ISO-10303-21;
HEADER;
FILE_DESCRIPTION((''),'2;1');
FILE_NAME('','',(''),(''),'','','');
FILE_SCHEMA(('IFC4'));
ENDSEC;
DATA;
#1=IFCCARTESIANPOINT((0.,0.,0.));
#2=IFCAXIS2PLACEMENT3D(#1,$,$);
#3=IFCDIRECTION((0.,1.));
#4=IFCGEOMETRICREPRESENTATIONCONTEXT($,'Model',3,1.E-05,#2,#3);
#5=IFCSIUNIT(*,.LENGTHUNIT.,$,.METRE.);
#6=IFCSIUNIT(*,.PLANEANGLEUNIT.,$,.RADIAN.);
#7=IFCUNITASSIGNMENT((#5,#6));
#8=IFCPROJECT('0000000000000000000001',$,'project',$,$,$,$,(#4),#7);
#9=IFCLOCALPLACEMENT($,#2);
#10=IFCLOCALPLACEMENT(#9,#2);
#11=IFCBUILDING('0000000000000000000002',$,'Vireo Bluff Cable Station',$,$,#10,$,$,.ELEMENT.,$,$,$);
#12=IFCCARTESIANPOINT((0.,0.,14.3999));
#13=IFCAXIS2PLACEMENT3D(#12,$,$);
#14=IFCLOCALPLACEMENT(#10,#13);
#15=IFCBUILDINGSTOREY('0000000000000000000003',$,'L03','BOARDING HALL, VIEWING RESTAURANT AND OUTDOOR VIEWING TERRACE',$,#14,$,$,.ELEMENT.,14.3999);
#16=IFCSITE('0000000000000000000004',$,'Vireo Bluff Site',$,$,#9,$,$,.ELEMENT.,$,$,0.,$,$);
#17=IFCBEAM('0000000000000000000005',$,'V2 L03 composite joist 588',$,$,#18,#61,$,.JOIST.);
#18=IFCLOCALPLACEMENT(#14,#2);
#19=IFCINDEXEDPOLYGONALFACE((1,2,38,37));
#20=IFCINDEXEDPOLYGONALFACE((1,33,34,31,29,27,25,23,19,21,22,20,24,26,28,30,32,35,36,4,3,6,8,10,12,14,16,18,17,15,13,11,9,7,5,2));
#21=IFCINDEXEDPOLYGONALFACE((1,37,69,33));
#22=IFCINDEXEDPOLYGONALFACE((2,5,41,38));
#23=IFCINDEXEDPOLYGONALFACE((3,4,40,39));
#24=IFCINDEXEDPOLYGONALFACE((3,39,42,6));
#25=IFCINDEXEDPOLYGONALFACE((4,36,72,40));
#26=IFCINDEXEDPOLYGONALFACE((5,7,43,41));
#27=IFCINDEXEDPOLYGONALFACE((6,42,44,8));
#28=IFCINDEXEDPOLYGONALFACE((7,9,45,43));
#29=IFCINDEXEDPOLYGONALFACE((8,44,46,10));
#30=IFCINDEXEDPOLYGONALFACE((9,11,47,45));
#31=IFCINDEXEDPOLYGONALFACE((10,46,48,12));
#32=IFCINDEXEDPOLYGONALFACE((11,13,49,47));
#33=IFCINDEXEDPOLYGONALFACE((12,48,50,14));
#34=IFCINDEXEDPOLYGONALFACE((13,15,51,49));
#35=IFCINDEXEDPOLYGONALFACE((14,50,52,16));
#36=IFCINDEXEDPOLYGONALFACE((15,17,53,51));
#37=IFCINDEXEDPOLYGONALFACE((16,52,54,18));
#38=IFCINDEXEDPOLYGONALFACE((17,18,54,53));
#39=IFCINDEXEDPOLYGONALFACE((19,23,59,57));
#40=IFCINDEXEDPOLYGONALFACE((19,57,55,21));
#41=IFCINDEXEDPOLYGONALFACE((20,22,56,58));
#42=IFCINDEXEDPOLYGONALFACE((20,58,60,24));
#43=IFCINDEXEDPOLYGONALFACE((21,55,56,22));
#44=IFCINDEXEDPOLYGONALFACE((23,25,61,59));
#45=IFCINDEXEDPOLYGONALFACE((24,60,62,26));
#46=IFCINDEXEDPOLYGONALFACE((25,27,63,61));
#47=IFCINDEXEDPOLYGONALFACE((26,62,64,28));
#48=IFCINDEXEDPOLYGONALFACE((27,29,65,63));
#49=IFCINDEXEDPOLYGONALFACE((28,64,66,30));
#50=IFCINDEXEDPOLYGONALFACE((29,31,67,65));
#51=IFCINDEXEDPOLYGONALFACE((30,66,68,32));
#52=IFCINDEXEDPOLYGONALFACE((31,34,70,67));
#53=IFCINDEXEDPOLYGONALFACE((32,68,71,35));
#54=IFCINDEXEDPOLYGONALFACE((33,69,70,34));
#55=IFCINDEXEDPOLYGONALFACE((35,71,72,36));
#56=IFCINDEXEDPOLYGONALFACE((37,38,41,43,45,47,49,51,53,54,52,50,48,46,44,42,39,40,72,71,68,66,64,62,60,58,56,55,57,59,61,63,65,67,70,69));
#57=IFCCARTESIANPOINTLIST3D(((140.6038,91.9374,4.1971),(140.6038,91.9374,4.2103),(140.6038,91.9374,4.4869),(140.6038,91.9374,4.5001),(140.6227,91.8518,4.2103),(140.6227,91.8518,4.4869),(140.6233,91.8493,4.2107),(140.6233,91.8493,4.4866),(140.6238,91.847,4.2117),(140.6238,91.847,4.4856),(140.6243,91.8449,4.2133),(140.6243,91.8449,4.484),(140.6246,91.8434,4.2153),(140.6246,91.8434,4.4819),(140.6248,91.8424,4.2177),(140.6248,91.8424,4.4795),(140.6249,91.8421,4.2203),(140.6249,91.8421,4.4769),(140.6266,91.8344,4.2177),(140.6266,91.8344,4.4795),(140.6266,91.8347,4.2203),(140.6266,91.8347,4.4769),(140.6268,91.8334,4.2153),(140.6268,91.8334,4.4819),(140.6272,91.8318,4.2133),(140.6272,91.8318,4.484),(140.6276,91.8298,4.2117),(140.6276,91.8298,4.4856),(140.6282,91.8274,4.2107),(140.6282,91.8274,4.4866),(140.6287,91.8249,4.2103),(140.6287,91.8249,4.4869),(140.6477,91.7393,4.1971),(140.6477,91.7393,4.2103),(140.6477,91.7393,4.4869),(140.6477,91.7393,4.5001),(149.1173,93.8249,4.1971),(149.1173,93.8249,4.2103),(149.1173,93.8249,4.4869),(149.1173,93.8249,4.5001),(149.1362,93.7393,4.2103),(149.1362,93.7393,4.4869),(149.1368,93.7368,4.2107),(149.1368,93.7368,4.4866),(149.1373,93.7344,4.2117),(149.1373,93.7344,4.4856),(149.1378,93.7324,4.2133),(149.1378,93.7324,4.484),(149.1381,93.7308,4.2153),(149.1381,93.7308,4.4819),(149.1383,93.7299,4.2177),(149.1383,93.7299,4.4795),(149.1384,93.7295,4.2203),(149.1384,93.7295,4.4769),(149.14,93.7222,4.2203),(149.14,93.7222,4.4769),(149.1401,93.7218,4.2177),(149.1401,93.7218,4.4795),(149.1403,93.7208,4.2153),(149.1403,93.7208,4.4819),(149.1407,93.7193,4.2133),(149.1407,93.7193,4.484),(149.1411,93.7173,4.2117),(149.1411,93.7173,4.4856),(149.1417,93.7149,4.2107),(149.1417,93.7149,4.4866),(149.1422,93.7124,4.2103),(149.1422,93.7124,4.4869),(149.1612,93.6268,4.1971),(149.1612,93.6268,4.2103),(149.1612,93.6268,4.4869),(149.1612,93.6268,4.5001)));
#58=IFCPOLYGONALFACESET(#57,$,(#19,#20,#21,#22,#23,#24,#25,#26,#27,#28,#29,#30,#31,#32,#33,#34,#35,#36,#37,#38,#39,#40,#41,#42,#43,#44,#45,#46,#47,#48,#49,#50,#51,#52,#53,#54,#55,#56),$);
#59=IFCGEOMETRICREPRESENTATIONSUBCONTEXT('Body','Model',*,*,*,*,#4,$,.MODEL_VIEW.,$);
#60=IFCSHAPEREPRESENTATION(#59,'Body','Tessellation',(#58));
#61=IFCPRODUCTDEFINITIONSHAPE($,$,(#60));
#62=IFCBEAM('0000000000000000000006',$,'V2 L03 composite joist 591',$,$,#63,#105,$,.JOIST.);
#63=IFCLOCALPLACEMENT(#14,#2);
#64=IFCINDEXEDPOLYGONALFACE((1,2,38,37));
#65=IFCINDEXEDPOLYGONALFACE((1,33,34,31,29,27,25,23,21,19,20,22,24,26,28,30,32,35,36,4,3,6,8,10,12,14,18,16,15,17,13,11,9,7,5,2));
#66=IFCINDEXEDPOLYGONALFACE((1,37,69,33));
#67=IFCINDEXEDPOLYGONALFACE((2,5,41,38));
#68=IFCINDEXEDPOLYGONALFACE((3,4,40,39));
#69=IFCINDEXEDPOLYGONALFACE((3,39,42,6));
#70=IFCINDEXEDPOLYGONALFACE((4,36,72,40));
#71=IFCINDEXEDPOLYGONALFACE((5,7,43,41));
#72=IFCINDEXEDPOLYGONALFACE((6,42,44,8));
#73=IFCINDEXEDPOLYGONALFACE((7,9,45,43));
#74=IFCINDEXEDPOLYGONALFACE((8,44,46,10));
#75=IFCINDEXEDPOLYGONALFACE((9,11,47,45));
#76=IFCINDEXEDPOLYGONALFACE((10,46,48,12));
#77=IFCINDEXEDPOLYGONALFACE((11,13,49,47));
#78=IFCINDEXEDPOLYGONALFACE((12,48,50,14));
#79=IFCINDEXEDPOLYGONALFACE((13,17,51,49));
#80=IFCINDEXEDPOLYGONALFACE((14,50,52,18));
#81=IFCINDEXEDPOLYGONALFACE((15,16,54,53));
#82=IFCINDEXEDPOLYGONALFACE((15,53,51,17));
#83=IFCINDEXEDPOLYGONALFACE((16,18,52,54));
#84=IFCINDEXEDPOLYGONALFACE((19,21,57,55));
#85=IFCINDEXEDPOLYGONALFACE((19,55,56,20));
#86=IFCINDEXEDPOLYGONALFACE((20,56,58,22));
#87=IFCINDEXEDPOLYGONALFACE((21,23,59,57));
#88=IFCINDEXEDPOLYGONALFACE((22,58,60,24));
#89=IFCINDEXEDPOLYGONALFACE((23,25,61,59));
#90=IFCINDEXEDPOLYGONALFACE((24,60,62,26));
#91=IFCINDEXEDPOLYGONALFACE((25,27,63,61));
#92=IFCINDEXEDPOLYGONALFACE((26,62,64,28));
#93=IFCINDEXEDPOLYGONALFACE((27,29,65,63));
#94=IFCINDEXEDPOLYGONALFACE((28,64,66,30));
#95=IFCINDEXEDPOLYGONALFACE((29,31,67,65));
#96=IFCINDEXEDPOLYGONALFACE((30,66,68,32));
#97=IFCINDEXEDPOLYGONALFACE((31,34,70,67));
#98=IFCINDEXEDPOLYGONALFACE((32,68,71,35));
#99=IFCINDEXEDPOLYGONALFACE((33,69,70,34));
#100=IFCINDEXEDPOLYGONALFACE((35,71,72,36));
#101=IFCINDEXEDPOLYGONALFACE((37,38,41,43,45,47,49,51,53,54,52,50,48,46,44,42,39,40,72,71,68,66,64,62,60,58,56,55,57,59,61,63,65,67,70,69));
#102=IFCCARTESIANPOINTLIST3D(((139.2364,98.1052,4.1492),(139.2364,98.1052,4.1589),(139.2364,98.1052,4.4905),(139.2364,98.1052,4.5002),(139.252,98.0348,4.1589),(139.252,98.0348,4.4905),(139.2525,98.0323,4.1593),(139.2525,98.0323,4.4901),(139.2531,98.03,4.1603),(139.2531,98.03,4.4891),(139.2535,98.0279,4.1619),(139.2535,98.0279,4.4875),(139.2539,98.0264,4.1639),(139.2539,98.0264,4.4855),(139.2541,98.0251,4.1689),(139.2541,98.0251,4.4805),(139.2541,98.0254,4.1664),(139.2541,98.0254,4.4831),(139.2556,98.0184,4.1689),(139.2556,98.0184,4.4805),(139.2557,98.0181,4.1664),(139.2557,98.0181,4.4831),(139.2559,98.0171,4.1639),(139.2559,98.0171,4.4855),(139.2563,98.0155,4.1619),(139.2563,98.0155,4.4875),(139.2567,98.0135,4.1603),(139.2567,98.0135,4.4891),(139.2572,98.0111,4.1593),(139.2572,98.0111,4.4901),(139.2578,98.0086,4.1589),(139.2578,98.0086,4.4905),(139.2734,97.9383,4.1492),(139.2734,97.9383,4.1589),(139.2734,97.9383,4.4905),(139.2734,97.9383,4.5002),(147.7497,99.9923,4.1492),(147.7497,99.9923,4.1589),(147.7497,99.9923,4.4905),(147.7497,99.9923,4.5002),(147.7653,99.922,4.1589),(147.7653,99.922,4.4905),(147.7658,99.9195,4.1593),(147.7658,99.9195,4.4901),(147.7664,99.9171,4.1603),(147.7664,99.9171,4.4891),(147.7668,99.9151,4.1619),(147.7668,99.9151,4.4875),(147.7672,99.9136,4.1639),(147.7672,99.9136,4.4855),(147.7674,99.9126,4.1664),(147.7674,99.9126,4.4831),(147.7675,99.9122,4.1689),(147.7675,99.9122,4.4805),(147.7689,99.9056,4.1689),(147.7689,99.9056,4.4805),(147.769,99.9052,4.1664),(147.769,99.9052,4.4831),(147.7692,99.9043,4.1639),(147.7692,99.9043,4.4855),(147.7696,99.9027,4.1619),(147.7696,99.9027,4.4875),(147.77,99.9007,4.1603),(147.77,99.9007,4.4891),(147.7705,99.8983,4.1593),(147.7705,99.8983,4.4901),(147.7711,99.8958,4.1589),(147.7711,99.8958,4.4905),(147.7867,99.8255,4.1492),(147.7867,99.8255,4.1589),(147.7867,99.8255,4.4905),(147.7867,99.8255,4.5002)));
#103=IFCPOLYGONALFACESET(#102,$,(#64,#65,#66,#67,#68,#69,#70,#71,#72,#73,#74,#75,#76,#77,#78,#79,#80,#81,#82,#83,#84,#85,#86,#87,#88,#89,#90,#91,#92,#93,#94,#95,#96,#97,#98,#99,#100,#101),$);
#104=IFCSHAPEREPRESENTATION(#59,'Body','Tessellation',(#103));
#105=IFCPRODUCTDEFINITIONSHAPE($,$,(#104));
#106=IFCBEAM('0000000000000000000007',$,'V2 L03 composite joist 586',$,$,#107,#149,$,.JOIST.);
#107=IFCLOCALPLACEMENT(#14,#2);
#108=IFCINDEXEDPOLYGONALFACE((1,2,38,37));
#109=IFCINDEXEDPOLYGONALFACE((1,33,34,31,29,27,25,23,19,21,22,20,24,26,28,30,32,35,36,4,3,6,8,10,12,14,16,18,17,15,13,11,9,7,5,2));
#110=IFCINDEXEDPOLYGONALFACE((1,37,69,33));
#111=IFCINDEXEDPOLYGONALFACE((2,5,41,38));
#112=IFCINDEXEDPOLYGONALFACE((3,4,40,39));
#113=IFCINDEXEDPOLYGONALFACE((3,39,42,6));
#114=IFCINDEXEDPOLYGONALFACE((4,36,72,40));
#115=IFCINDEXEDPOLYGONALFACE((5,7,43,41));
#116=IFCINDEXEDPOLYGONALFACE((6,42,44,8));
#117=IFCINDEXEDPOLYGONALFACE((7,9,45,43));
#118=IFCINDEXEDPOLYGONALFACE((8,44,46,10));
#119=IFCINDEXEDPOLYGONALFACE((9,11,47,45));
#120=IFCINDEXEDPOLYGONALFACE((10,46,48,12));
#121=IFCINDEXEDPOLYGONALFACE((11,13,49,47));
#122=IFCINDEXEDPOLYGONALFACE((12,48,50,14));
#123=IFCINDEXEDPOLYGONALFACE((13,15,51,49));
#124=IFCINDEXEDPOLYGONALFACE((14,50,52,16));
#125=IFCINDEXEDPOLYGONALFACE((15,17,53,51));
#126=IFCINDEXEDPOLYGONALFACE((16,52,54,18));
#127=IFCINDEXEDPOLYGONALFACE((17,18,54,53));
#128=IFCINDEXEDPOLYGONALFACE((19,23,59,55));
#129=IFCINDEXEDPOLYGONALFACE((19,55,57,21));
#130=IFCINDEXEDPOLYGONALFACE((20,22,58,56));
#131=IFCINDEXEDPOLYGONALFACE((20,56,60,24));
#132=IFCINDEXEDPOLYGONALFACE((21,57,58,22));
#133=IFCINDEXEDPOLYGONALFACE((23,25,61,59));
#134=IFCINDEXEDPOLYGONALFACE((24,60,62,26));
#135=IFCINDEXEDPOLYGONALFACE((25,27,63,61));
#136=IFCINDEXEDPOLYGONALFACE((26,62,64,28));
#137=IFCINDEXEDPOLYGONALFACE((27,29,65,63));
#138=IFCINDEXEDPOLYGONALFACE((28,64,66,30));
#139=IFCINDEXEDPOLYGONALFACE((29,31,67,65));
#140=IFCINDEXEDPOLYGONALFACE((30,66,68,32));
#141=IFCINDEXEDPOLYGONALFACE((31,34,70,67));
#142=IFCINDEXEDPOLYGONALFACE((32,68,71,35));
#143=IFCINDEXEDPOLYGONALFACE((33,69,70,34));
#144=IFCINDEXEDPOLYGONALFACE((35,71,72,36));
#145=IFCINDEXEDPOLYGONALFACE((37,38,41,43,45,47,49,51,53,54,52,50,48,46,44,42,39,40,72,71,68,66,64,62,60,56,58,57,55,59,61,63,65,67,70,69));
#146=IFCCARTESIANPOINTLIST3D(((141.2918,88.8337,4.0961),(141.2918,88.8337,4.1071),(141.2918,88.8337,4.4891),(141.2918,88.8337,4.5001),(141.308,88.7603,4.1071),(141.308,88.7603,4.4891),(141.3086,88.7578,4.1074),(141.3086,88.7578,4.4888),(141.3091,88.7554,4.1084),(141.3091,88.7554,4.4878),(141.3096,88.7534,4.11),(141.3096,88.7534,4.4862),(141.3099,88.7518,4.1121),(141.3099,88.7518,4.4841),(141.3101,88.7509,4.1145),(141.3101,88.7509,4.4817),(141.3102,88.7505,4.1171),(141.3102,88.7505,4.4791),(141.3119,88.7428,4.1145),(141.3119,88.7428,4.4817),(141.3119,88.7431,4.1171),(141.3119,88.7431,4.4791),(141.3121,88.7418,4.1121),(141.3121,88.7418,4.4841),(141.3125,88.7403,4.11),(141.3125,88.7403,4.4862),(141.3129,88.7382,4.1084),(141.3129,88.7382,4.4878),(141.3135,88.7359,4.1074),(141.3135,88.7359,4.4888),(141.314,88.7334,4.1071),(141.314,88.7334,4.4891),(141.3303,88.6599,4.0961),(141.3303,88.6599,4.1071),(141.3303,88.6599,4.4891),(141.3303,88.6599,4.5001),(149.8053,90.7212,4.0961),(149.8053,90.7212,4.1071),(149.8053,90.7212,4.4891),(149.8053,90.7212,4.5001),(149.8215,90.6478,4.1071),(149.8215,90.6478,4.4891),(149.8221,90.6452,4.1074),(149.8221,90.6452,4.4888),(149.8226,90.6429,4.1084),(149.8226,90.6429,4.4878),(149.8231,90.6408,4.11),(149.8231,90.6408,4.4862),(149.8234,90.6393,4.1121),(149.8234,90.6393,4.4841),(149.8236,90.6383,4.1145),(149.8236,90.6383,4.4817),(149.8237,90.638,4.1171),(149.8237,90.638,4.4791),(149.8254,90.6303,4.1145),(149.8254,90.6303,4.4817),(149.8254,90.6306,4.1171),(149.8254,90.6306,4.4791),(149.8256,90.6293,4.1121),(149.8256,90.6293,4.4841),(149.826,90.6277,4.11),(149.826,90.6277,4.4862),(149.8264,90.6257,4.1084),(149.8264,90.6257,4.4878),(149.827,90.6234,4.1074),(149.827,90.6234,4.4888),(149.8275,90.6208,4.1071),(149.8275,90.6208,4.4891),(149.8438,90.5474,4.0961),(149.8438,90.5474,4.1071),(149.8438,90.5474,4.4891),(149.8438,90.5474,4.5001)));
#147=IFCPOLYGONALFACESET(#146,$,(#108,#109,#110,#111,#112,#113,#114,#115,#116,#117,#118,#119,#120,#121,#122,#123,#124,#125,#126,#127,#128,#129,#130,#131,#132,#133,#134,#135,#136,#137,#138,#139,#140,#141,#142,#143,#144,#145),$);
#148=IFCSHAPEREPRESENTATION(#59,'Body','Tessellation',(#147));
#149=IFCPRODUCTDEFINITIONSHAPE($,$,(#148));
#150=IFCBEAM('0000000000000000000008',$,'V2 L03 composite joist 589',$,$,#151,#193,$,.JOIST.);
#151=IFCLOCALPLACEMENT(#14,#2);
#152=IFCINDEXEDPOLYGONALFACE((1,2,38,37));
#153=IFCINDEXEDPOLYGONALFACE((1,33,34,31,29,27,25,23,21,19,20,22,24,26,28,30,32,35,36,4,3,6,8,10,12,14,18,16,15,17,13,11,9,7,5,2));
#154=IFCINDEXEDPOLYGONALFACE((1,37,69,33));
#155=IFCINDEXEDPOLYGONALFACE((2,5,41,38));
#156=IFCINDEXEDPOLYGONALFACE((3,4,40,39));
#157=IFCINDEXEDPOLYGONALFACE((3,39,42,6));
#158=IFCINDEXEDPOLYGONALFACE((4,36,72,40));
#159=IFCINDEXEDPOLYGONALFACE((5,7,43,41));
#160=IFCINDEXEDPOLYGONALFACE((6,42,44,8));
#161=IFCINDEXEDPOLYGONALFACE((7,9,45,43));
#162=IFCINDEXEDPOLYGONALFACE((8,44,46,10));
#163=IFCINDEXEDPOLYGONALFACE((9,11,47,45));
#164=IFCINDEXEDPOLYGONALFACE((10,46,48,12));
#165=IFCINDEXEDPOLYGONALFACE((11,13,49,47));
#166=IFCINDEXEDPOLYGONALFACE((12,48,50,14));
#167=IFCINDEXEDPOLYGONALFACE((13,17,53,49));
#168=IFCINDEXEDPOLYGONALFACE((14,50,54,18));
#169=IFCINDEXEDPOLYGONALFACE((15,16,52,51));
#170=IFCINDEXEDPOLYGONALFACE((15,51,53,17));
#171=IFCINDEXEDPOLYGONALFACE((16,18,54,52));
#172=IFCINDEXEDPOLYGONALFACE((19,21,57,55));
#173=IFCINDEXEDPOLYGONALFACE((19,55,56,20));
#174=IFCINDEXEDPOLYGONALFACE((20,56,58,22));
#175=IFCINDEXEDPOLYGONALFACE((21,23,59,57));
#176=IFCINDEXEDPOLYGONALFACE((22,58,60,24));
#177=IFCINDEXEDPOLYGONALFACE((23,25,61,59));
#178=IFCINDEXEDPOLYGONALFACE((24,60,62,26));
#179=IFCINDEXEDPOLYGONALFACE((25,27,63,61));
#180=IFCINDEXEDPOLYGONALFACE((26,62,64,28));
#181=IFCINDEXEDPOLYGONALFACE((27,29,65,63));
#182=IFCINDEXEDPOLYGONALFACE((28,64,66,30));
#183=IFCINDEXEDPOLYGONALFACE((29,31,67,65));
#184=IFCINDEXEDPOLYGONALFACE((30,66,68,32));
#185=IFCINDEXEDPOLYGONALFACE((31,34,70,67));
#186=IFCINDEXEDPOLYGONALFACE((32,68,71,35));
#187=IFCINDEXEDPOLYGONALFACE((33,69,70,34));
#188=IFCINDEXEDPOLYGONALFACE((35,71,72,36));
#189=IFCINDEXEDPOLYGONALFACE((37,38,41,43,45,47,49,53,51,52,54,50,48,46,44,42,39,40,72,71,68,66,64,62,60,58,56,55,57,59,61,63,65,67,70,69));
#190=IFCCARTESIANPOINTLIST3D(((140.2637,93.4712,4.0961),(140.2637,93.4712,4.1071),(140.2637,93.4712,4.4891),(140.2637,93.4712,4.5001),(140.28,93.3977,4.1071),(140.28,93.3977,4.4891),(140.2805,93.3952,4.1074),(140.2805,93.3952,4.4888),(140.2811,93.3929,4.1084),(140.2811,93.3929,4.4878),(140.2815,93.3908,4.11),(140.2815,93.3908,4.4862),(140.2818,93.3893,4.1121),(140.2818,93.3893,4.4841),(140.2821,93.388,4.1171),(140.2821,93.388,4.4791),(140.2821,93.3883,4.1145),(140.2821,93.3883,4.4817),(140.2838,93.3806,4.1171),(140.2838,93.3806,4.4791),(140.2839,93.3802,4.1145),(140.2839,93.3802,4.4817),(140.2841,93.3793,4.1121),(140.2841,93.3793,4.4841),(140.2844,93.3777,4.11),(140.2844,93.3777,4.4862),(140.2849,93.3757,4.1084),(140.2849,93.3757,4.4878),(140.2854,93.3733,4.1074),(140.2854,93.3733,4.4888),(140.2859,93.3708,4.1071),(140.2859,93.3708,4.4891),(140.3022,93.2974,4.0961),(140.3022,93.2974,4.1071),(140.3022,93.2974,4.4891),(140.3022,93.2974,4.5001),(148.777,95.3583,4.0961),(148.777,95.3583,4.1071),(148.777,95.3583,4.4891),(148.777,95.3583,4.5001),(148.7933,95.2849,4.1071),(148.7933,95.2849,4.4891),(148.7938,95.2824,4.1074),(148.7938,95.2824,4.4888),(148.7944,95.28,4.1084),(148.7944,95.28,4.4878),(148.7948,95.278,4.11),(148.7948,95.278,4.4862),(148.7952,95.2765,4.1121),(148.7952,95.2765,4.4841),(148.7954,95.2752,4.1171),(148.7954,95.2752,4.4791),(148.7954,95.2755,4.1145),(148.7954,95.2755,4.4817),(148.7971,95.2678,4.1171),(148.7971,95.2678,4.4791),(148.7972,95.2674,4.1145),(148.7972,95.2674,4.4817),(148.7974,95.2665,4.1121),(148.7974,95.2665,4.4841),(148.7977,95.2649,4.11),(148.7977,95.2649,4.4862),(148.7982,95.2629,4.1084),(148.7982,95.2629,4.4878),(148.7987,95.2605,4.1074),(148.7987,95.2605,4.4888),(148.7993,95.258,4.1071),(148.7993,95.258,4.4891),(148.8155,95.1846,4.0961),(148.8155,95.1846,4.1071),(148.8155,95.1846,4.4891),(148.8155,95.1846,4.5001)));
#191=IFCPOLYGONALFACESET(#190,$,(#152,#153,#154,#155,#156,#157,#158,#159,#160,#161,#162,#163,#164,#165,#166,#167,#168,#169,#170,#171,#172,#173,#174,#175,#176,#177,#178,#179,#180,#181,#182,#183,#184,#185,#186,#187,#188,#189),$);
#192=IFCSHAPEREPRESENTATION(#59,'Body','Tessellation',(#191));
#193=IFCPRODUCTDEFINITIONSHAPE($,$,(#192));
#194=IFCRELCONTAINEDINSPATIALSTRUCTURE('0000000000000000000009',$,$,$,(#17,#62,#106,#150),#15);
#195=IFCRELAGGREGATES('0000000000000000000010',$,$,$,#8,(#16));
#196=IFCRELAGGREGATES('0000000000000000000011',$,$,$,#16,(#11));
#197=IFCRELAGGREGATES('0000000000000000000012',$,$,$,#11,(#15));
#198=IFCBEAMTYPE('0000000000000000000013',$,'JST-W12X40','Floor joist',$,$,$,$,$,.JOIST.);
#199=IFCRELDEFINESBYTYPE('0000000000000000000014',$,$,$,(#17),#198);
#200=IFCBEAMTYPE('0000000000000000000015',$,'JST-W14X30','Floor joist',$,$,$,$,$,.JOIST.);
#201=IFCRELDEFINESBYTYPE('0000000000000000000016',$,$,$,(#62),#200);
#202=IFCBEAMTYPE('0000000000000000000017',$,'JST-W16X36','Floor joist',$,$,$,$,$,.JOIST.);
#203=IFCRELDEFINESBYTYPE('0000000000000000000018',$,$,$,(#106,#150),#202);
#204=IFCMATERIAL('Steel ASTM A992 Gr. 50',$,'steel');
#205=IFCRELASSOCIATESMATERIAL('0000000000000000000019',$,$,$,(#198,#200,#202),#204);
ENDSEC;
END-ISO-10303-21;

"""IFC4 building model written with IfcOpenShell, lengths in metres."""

from ifc_helpers import new_model, si_unit, direction, frame, origin, origin_2d, place, context, subcontext, project, spatial, i_section, extrude, material, material_profile, profile_set, type_object, element, save


model = new_model("IFC4")

# Units and contexts
model_context = context("Model", 3, precision=1e-05, world=origin(), true_north=direction((0.0, 1.0)))
body_context = subcontext(model_context, "Body", "Model", "MODEL_VIEW")
ifc_project = project(units=[si_unit("LENGTHUNIT", "METRE"), si_unit("PLANEANGLEUNIT", "RADIAN")], contexts=[model_context])

# Site, building, storey
site_placement = place(None, origin())
site = spatial("IfcSite", under=ifc_project, at=site_placement, Name="Vireo Bluff Site", CompositionType="ELEMENT", RefElevation=0.0)
building_placement = place(site_placement, origin())
building = spatial("IfcBuilding", under=site, at=building_placement, Name="Vireo Bluff Cable Station", CompositionType="ELEMENT")
storey_placement = place(building_placement, frame((0.0, 0.0, 14.3999)))
storey = spatial("IfcBuildingStorey", under=building, at=storey_placement, Name="L03", Description="BOARDING HALL, VIEWING RESTAURANT AND OUTDOOR VIEWING TERRACE", CompositionType="ELEMENT", Elevation=14.3999)

# Shared definitions
ifc_material_1 = material(Name="Steel ASTM A992 Gr. 50", Category="steel")

# Beams
ifc_material_profile_1 = material_profile(ifc_material_1, i_section(OverallWidth=0.2029, OverallDepth=0.303, WebThickness=0.0076, FlangeThickness=0.0132, FilletRadius=0.01, at=origin_2d()), Name="W12X40")
ifc_profile_set_1 = profile_set([ifc_material_profile_1], Name="Steel ASTM A992 Gr. 50")
beam_type_1 = type_object("IfcBeamType", Name="JST-W12X40", Description="Floor joist", PredefinedType="JOIST", material=ifc_profile_set_1)
beam_1_placement = place(storey_placement, frame((140.6257, 91.8384, 4.3486), z_axis=(0.976294, 0.216447, 0.0), x_axis=(-0.216447, 0.976294, 0.0)))
element("IfcBeam", 1, at=beam_1_placement, inside=storey, type_object=beam_type_1, Name="V2 L03 composite joist 588", PredefinedType="JOIST", context=body_context, shape_type="SweptSolid", body=[
    extrude(i_section(OverallWidth=0.2029, OverallDepth=0.303, WebThickness=0.0076, FlangeThickness=0.0132, FilletRadius=0.01, at=origin_2d()), origin(), (0.0, 0.0, 1.0), 8.7202),
])
ifc_material_profile_2 = material_profile(ifc_material_1, i_section(OverallWidth=0.1709, OverallDepth=0.3511, WebThickness=0.0068, FlangeThickness=0.0098, FilletRadius=0.01, at=origin_2d()), Name="W14X30")
ifc_profile_set_2 = profile_set([ifc_material_profile_2], Name="Steel ASTM A992 Gr. 50")
beam_type_2 = type_object("IfcBeamType", Name="JST-W14X30", Description="Floor joist", PredefinedType="JOIST", material=ifc_profile_set_2)
beam_2_placement = place(storey_placement, frame((139.2549, 98.0217, 4.3247), z_axis=(0.9763, 0.216421, 0.0), x_axis=(-0.216421, 0.9763, 0.0)))
element("IfcBeam", 2, at=beam_2_placement, inside=storey, type_object=beam_type_2, Name="V2 L03 composite joist 591", PredefinedType="JOIST", context=body_context, shape_type="SweptSolid", body=[
    extrude(i_section(OverallWidth=0.1709, OverallDepth=0.3511, WebThickness=0.0068, FlangeThickness=0.0098, FilletRadius=0.01, at=origin_2d()), origin(), (0.0, 0.0, 1.0), 8.72),
])
ifc_material_profile_3 = material_profile(ifc_material_1, i_section(OverallWidth=0.178, OverallDepth=0.4041, WebThickness=0.0076, FlangeThickness=0.011, FilletRadius=0.01, at=origin_2d()), Name="W16X36")
ifc_profile_set_3 = profile_set([ifc_material_profile_3], Name="Steel ASTM A992 Gr. 50")
beam_type_3 = type_object("IfcBeamType", Name="JST-W16X36", Description="Floor joist", PredefinedType="JOIST", material=ifc_profile_set_3)
beam_3_placement = place(storey_placement, frame((141.311, 88.7468, 4.2981), z_axis=(0.976294, 0.216447, 0.0), x_axis=(-0.216447, 0.976294, 0.0)))
element("IfcBeam", 3, at=beam_3_placement, inside=storey, type_object=beam_type_3, Name="V2 L03 composite joist 586", PredefinedType="JOIST", context=body_context, shape_type="SweptSolid", body=[
    extrude(i_section(OverallWidth=0.178, OverallDepth=0.4041, WebThickness=0.0076, FlangeThickness=0.011, FilletRadius=0.01, at=origin_2d()), origin(), (0.0, 0.0, 1.0), 8.7202),
])
beam_4_placement = place(storey_placement, frame((140.283, 93.3843, 4.2981), z_axis=(0.9763, 0.216421, 0.0), x_axis=(-0.216421, 0.9763, 0.0)))
element("IfcBeam", 4, at=beam_4_placement, inside=storey, type_object=beam_type_3, Name="V2 L03 composite joist 589", PredefinedType="JOIST", context=body_context, shape_type="SweptSolid", body=[
    extrude(i_section(OverallWidth=0.178, OverallDepth=0.4041, WebThickness=0.0076, FlangeThickness=0.011, FilletRadius=0.01, at=origin_2d()), origin(), (0.0, 0.0, 1.0), 8.72),
])

save(model, "model.ifc")
